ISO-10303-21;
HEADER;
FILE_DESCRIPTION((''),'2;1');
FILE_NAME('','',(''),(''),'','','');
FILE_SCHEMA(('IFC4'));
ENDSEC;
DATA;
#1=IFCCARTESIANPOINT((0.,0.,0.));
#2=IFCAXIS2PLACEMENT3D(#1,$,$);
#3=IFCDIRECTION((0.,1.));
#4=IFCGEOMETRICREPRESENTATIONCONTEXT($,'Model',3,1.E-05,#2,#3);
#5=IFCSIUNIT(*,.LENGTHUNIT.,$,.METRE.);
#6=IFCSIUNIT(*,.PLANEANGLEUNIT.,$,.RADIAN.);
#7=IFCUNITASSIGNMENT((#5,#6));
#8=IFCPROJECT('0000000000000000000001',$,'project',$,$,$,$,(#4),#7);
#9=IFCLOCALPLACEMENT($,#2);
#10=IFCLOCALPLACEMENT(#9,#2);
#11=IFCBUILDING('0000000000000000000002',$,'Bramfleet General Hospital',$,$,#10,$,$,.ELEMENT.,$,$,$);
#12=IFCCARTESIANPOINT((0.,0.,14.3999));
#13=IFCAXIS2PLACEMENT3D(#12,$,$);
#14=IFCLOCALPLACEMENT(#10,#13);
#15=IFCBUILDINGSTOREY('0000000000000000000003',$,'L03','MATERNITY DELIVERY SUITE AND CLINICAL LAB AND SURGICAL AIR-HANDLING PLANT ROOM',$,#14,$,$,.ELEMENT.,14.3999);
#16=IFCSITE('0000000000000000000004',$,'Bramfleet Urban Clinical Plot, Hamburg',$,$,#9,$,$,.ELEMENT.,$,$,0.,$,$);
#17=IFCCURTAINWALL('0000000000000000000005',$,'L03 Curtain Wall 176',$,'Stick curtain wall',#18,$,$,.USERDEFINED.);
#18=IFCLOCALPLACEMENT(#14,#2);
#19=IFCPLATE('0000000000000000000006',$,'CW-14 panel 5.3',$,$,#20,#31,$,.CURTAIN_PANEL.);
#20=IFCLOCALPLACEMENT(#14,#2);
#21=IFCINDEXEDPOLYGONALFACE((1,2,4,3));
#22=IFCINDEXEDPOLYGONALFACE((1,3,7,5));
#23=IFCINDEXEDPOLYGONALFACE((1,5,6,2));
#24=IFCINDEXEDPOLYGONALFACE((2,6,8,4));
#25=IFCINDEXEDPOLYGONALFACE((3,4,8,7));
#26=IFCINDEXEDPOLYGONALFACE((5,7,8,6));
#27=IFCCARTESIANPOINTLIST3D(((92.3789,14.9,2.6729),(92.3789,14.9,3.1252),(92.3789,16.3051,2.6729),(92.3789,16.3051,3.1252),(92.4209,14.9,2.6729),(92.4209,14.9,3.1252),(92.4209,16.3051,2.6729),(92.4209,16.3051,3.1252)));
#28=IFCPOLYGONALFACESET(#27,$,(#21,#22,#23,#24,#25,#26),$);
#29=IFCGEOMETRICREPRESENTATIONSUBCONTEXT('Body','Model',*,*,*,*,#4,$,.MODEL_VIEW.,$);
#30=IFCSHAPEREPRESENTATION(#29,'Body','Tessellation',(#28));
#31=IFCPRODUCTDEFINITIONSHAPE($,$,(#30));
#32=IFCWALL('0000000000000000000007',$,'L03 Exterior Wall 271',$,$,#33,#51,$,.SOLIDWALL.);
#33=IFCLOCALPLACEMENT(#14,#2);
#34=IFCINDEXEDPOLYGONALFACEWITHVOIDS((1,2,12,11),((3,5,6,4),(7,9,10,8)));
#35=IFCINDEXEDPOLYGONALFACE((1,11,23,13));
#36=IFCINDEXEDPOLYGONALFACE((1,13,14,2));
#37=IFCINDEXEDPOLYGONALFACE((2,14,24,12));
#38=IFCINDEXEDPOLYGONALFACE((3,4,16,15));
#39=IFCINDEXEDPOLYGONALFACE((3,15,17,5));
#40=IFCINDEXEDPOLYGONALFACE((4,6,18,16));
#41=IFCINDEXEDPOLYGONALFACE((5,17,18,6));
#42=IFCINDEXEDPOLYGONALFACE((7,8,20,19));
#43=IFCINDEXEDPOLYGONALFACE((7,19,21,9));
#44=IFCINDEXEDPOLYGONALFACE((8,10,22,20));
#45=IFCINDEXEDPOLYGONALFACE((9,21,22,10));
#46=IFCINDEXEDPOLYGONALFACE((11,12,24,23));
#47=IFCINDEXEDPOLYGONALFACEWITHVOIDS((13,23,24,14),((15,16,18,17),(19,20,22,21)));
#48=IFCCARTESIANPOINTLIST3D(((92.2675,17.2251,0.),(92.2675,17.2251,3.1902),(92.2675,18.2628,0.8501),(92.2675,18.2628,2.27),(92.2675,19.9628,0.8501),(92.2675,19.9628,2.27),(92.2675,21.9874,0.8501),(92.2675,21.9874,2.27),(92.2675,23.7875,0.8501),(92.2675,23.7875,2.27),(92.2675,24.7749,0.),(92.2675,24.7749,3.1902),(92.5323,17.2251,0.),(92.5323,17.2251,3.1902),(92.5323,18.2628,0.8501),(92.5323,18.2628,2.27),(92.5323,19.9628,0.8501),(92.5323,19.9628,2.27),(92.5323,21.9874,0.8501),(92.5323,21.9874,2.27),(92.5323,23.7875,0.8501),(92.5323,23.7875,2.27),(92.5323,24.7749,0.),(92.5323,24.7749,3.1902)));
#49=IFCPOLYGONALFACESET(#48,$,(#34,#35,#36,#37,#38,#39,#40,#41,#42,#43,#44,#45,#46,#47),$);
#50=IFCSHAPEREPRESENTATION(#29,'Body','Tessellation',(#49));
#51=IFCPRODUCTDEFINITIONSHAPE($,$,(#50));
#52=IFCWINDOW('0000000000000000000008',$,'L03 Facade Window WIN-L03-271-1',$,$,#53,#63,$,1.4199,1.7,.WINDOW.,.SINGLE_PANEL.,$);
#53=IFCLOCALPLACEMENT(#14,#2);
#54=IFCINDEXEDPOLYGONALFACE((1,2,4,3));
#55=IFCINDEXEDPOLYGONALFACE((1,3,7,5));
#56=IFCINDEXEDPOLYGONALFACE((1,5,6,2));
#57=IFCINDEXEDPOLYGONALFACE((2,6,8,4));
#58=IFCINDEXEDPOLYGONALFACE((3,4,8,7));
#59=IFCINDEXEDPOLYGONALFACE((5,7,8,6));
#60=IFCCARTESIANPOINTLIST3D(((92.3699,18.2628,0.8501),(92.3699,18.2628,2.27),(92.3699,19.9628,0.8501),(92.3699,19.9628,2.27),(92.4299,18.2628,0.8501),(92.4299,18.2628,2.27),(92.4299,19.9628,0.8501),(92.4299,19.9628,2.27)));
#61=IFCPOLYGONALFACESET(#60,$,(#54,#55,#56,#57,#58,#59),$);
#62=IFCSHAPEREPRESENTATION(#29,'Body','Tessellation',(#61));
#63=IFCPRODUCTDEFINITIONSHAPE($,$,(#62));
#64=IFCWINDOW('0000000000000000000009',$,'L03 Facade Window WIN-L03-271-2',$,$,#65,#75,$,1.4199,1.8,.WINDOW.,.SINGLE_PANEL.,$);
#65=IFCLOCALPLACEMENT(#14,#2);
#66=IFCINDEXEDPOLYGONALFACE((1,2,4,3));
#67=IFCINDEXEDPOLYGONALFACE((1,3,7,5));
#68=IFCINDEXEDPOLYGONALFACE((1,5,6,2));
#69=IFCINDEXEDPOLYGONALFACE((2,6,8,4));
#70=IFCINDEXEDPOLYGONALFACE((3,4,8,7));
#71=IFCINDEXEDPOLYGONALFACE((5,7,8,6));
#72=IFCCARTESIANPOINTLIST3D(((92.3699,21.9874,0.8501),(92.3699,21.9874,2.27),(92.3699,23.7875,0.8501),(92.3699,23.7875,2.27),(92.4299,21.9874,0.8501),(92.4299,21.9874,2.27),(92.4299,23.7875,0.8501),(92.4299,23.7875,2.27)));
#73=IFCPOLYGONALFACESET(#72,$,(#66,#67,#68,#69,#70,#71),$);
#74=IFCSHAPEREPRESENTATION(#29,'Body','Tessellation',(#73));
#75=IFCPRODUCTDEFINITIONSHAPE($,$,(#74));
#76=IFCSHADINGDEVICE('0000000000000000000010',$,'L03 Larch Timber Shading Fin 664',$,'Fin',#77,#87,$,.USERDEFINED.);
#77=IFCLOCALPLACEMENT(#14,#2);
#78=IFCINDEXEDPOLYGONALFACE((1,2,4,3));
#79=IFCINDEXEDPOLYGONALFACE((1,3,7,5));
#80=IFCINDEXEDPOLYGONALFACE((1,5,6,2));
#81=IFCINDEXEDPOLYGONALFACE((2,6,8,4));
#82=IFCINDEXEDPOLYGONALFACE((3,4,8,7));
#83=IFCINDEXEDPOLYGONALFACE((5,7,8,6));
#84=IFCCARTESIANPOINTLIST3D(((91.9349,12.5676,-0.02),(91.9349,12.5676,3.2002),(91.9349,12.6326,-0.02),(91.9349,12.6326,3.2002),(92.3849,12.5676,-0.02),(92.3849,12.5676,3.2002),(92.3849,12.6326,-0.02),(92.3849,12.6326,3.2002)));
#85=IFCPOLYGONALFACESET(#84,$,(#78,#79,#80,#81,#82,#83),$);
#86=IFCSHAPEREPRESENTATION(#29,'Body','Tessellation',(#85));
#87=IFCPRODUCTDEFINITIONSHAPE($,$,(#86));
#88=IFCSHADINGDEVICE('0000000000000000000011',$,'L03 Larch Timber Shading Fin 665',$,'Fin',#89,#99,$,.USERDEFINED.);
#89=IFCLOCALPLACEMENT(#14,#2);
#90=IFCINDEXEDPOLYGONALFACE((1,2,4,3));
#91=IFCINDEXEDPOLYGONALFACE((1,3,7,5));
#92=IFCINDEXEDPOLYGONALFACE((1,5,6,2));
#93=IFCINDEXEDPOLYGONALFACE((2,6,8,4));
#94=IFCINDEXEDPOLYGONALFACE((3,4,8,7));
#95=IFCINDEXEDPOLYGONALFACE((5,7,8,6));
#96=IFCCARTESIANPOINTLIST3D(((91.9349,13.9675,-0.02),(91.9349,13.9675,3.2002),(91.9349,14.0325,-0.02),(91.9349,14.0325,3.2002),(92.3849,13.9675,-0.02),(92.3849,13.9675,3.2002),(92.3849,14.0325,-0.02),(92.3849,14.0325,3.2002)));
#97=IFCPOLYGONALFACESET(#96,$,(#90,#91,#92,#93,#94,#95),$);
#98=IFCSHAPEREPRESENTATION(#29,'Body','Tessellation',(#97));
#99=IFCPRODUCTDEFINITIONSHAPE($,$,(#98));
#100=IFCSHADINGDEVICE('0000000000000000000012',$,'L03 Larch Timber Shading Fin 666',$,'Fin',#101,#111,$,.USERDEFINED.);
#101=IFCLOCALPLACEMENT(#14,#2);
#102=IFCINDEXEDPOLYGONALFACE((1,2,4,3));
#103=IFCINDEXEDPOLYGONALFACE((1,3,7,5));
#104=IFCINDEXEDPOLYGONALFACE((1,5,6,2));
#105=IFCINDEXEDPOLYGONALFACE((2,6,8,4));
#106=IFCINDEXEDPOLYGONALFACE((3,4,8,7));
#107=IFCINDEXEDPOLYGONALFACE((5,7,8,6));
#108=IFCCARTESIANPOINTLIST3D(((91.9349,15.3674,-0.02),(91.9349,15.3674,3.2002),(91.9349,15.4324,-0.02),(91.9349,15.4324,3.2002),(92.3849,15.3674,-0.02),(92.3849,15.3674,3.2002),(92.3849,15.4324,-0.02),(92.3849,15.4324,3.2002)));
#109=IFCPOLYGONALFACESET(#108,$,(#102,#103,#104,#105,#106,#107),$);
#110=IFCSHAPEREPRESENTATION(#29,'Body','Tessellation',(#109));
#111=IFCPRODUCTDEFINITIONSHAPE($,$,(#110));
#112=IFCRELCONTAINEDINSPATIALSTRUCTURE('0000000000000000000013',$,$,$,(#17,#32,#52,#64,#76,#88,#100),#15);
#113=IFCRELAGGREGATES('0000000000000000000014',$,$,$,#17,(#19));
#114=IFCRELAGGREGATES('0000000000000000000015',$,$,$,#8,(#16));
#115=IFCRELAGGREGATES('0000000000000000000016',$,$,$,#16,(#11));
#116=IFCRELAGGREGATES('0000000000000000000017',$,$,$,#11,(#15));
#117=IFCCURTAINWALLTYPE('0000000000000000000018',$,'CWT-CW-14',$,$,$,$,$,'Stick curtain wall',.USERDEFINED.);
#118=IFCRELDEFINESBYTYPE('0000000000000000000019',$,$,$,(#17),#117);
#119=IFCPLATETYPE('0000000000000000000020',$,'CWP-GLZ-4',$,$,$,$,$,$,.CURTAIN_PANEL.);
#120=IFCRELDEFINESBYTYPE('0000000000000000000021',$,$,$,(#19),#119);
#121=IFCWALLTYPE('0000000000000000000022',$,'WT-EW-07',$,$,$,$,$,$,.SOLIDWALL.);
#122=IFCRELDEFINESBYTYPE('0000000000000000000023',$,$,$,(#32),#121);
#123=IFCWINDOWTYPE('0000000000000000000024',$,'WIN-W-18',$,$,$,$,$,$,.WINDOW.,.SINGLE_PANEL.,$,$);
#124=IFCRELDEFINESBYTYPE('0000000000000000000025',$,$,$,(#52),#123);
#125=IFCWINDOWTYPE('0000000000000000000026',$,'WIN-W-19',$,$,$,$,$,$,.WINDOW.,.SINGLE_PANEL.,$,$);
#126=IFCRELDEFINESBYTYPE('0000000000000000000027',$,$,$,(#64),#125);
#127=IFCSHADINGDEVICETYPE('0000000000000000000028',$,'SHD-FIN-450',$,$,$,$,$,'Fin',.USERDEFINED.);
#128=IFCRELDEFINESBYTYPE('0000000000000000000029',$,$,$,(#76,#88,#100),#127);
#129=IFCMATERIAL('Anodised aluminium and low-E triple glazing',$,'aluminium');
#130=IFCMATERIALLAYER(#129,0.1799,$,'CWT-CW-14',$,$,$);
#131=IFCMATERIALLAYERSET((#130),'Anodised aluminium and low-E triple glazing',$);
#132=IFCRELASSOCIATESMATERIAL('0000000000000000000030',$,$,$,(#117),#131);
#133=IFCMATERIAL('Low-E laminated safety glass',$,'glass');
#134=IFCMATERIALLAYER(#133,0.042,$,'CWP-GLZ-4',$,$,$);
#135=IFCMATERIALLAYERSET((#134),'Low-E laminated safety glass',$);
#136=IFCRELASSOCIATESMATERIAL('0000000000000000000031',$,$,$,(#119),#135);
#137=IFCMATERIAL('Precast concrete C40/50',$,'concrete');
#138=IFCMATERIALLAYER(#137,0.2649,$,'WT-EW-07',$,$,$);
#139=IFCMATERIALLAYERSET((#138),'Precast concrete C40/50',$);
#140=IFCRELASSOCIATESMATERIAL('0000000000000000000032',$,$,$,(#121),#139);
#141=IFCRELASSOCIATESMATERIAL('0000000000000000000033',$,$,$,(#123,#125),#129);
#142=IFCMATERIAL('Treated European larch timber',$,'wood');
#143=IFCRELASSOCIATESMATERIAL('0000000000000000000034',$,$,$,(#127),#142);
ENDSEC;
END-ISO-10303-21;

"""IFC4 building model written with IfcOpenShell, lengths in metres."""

from ifc_helpers import new_model, si_unit, direction, frame, frame_2d, origin, origin_2d, place, context, subcontext, project, spatial, rectangle, extrude, material, layer, layer_set, material_profile, profile_set, type_object, element, fill, aggregate, save


model = new_model("IFC4")

# Units and contexts
model_context = context("Model", 3, precision=1e-05, world=origin(), true_north=direction((0.0, 1.0)))
body_context = subcontext(model_context, "Body", "Model", "MODEL_VIEW")
ifc_project = project(units=[si_unit("LENGTHUNIT", "METRE"), si_unit("PLANEANGLEUNIT", "RADIAN")], contexts=[model_context])

# Site, building, storey
site_placement = place(None, origin())
site = spatial("IfcSite", under=ifc_project, at=site_placement, Name="Bramfleet Urban Clinical Plot, Hamburg", CompositionType="ELEMENT", RefElevation=0.0)
building_placement = place(site_placement, origin())
building = spatial("IfcBuilding", under=site, at=building_placement, Name="Bramfleet General Hospital", CompositionType="ELEMENT")
storey_placement = place(building_placement, frame((0.0, 0.0, 14.3999)))
storey = spatial("IfcBuildingStorey", under=building, at=storey_placement, Name="L03", Description="MATERNITY DELIVERY SUITE AND CLINICAL LAB AND SURGICAL AIR-HANDLING PLANT ROOM", CompositionType="ELEMENT", Elevation=14.3999)

# Curtain wall
ifc_material_1 = material(Name="Anodised aluminium and low-E triple glazing", Category="aluminium")
ifc_layer_1 = layer(ifc_material_1, 0.1799, Name="CWT-CW-14")
ifc_layer_set_1 = layer_set([ifc_layer_1], Name="Anodised aluminium and low-E triple glazing")
curtain_wall_type_1 = type_object("IfcCurtainWallType", Name="CWT-CW-14", ElementType="Stick curtain wall", PredefinedType="USERDEFINED", material=ifc_layer_set_1)
curtain_wall_1_placement = place(storey_placement, origin())
curtain_wall_1 = element("IfcCurtainWall", 1, at=curtain_wall_1_placement, inside=storey, type_object=curtain_wall_type_1, Name="L03 Curtain Wall 176", ObjectType="Stick curtain wall", PredefinedType="USERDEFINED")

# Plate
ifc_material_2 = material(Name="Low-E laminated safety glass", Category="glass")
ifc_layer_2 = layer(ifc_material_2, 0.042, Name="CWP-GLZ-4")
ifc_layer_set_2 = layer_set([ifc_layer_2], Name="Low-E laminated safety glass")
plate_type = type_object("IfcPlateType", Name="CWP-GLZ-4", PredefinedType="CURTAIN_PANEL", material=ifc_layer_set_2)
plate_1_placement = place(storey_placement, frame((92.3999, 15.6025, 2.6729), z_axis=(0.0, 0.0, 1.0), x_axis=(0.0, 1.0, 0.0)))
plate_1 = element("IfcPlate", 2, at=plate_1_placement, type_object=plate_type, Name="CW-14 panel 5.3", PredefinedType="CURTAIN_PANEL", context=body_context, shape_type="SweptSolid", body=[
    extrude(rectangle(XDim=1.405, YDim=0.042, at=origin_2d()), origin(), (0.0, 0.0, 1.0), 0.4524),
])
aggregate(curtain_wall_1, [plate_1])

# Wall, openings, windows
ifc_material_3 = material(Name="Precast concrete C40/50", Category="concrete")
ifc_layer_3 = layer(ifc_material_3, 0.2649, Name="WT-EW-07")
ifc_layer_set_3 = layer_set([ifc_layer_3], Name="Precast concrete C40/50")
wall_type = type_object("IfcWallType", Name="WT-EW-07", PredefinedType="SOLIDWALL", material=ifc_layer_set_3)
wall_placement = place(storey_placement, frame((92.3999, 17.2251, 0.0), z_axis=(0.0, 0.0, 1.0), x_axis=(0.0, 1.0, 0.0)))
wall = element("IfcWall", 3, at=wall_placement, inside=storey, type_object=wall_type, Name="L03 Exterior Wall 271", PredefinedType="SOLIDWALL", context=body_context, shape_type="SweptSolid", body=[
    extrude(rectangle(XDim=7.5498, YDim=0.2649, at=frame_2d((3.7749, 0.0))), origin(), (0.0, 0.0, 1.0), 3.1902),
])
opening_1_placement = place(wall_placement, frame((1.0376, 0.0, 0.8501)))
opening_1 = element("IfcOpeningElement", 4, at=opening_1_placement, cuts=wall, PredefinedType="OPENING", context=body_context, shape_type="SweptSolid", body=[
    extrude(rectangle(XDim=1.7, YDim=1.4199, at=frame_2d((0.8501, 0.71))), frame((0.0, 0.1423, 0.0), z_axis=(0.0, -1.0, 0.0), x_axis=(1.0, 0.0, 0.0)), (0.0, 0.0, 1.0), 0.2849),
])
opening_2_placement = place(wall_placement, frame((4.7625, 0.0, 0.8501)))
opening_2 = element("IfcOpeningElement", 5, at=opening_2_placement, cuts=wall, PredefinedType="OPENING", context=body_context, shape_type="SweptSolid", body=[
    extrude(rectangle(XDim=1.8, YDim=1.4199, at=frame_2d((0.8999, 0.71))), frame((0.0, 0.1423, 0.0), z_axis=(0.0, -1.0, 0.0), x_axis=(1.0, 0.0, 0.0)), (0.0, 0.0, 1.0), 0.2849),
])
window_type_1 = type_object("IfcWindowType", Name="WIN-W-18", PartitioningType="SINGLE_PANEL", PredefinedType="WINDOW", material=ifc_material_1)
window_1_placement = place(opening_1_placement, origin())
window_1 = element("IfcWindow", 6, at=window_1_placement, inside=storey, type_object=window_type_1, Name="L03 Facade Window WIN-L03-271-1", OverallHeight=1.4199, OverallWidth=1.7, PartitioningType="SINGLE_PANEL", PredefinedType="WINDOW", context=body_context, shape_type="SweptSolid", body=[
    extrude(rectangle(XDim=1.7, YDim=1.4199, at=frame_2d((0.8501, 0.71))), frame((0.0, 0.03, 0.0), z_axis=(0.0, -1.0, 0.0), x_axis=(1.0, 0.0, 0.0)), (0.0, 0.0, 1.0), 0.0601),
])
fill(opening_1, window_1)
window_type_2 = type_object("IfcWindowType", Name="WIN-W-19", PartitioningType="SINGLE_PANEL", PredefinedType="WINDOW", material=ifc_material_1)
window_2_placement = place(opening_2_placement, origin())
window_2 = element("IfcWindow", 7, at=window_2_placement, inside=storey, type_object=window_type_2, Name="L03 Facade Window WIN-L03-271-2", OverallHeight=1.4199, OverallWidth=1.8, PartitioningType="SINGLE_PANEL", PredefinedType="WINDOW", context=body_context, shape_type="SweptSolid", body=[
    extrude(rectangle(XDim=1.8, YDim=1.4199, at=frame_2d((0.8999, 0.71))), frame((0.0, 0.03, 0.0), z_axis=(0.0, -1.0, 0.0), x_axis=(1.0, 0.0, 0.0)), (0.0, 0.0, 1.0), 0.0601),
])
fill(opening_2, window_2)

# Shading devices
ifc_material_4 = material(Name="Treated European larch timber", Category="wood")
ifc_material_profile_1 = material_profile(ifc_material_4, rectangle(XDim=0.0649, YDim=0.45, at=origin_2d()), Name="LARCH FIN 450x65")
ifc_profile_set_1 = profile_set([ifc_material_profile_1], Name="Treated European larch timber")
shading_device_type = type_object("IfcShadingDeviceType", Name="SHD-FIN-450", ElementType="Fin", PredefinedType="USERDEFINED", material=ifc_profile_set_1)
for number, where, z_axis, x_axis, name in (
    (8, (92.1599, 12.6001, -0.02), (0.0, 0.0, 1.0), (0.0, 1.0, 0.0), "L03 Larch Timber Shading Fin 664"),
    (9, (92.1599, 14.0, -0.02), (0.0, 0.0, 1.0), (0.0, 1.0, 0.0), "L03 Larch Timber Shading Fin 665"),
    (10, (92.1599, 15.3999, -0.02), (0.0, 0.0, 1.0), (0.0, 1.0, 0.0), "L03 Larch Timber Shading Fin 666"),
):
    element("IfcShadingDevice", number, at=place(storey_placement, frame(where, z_axis=z_axis, x_axis=x_axis)), inside=storey, type_object=shading_device_type, Name=name, ObjectType="Fin", PredefinedType="USERDEFINED", context=body_context, shape_type="SweptSolid", body=[
        extrude(rectangle(XDim=0.0649, YDim=0.45, at=origin_2d()), origin(), (0.0, 0.0, 1.0), 3.2202),
    ])

save(model, "model.ifc")
